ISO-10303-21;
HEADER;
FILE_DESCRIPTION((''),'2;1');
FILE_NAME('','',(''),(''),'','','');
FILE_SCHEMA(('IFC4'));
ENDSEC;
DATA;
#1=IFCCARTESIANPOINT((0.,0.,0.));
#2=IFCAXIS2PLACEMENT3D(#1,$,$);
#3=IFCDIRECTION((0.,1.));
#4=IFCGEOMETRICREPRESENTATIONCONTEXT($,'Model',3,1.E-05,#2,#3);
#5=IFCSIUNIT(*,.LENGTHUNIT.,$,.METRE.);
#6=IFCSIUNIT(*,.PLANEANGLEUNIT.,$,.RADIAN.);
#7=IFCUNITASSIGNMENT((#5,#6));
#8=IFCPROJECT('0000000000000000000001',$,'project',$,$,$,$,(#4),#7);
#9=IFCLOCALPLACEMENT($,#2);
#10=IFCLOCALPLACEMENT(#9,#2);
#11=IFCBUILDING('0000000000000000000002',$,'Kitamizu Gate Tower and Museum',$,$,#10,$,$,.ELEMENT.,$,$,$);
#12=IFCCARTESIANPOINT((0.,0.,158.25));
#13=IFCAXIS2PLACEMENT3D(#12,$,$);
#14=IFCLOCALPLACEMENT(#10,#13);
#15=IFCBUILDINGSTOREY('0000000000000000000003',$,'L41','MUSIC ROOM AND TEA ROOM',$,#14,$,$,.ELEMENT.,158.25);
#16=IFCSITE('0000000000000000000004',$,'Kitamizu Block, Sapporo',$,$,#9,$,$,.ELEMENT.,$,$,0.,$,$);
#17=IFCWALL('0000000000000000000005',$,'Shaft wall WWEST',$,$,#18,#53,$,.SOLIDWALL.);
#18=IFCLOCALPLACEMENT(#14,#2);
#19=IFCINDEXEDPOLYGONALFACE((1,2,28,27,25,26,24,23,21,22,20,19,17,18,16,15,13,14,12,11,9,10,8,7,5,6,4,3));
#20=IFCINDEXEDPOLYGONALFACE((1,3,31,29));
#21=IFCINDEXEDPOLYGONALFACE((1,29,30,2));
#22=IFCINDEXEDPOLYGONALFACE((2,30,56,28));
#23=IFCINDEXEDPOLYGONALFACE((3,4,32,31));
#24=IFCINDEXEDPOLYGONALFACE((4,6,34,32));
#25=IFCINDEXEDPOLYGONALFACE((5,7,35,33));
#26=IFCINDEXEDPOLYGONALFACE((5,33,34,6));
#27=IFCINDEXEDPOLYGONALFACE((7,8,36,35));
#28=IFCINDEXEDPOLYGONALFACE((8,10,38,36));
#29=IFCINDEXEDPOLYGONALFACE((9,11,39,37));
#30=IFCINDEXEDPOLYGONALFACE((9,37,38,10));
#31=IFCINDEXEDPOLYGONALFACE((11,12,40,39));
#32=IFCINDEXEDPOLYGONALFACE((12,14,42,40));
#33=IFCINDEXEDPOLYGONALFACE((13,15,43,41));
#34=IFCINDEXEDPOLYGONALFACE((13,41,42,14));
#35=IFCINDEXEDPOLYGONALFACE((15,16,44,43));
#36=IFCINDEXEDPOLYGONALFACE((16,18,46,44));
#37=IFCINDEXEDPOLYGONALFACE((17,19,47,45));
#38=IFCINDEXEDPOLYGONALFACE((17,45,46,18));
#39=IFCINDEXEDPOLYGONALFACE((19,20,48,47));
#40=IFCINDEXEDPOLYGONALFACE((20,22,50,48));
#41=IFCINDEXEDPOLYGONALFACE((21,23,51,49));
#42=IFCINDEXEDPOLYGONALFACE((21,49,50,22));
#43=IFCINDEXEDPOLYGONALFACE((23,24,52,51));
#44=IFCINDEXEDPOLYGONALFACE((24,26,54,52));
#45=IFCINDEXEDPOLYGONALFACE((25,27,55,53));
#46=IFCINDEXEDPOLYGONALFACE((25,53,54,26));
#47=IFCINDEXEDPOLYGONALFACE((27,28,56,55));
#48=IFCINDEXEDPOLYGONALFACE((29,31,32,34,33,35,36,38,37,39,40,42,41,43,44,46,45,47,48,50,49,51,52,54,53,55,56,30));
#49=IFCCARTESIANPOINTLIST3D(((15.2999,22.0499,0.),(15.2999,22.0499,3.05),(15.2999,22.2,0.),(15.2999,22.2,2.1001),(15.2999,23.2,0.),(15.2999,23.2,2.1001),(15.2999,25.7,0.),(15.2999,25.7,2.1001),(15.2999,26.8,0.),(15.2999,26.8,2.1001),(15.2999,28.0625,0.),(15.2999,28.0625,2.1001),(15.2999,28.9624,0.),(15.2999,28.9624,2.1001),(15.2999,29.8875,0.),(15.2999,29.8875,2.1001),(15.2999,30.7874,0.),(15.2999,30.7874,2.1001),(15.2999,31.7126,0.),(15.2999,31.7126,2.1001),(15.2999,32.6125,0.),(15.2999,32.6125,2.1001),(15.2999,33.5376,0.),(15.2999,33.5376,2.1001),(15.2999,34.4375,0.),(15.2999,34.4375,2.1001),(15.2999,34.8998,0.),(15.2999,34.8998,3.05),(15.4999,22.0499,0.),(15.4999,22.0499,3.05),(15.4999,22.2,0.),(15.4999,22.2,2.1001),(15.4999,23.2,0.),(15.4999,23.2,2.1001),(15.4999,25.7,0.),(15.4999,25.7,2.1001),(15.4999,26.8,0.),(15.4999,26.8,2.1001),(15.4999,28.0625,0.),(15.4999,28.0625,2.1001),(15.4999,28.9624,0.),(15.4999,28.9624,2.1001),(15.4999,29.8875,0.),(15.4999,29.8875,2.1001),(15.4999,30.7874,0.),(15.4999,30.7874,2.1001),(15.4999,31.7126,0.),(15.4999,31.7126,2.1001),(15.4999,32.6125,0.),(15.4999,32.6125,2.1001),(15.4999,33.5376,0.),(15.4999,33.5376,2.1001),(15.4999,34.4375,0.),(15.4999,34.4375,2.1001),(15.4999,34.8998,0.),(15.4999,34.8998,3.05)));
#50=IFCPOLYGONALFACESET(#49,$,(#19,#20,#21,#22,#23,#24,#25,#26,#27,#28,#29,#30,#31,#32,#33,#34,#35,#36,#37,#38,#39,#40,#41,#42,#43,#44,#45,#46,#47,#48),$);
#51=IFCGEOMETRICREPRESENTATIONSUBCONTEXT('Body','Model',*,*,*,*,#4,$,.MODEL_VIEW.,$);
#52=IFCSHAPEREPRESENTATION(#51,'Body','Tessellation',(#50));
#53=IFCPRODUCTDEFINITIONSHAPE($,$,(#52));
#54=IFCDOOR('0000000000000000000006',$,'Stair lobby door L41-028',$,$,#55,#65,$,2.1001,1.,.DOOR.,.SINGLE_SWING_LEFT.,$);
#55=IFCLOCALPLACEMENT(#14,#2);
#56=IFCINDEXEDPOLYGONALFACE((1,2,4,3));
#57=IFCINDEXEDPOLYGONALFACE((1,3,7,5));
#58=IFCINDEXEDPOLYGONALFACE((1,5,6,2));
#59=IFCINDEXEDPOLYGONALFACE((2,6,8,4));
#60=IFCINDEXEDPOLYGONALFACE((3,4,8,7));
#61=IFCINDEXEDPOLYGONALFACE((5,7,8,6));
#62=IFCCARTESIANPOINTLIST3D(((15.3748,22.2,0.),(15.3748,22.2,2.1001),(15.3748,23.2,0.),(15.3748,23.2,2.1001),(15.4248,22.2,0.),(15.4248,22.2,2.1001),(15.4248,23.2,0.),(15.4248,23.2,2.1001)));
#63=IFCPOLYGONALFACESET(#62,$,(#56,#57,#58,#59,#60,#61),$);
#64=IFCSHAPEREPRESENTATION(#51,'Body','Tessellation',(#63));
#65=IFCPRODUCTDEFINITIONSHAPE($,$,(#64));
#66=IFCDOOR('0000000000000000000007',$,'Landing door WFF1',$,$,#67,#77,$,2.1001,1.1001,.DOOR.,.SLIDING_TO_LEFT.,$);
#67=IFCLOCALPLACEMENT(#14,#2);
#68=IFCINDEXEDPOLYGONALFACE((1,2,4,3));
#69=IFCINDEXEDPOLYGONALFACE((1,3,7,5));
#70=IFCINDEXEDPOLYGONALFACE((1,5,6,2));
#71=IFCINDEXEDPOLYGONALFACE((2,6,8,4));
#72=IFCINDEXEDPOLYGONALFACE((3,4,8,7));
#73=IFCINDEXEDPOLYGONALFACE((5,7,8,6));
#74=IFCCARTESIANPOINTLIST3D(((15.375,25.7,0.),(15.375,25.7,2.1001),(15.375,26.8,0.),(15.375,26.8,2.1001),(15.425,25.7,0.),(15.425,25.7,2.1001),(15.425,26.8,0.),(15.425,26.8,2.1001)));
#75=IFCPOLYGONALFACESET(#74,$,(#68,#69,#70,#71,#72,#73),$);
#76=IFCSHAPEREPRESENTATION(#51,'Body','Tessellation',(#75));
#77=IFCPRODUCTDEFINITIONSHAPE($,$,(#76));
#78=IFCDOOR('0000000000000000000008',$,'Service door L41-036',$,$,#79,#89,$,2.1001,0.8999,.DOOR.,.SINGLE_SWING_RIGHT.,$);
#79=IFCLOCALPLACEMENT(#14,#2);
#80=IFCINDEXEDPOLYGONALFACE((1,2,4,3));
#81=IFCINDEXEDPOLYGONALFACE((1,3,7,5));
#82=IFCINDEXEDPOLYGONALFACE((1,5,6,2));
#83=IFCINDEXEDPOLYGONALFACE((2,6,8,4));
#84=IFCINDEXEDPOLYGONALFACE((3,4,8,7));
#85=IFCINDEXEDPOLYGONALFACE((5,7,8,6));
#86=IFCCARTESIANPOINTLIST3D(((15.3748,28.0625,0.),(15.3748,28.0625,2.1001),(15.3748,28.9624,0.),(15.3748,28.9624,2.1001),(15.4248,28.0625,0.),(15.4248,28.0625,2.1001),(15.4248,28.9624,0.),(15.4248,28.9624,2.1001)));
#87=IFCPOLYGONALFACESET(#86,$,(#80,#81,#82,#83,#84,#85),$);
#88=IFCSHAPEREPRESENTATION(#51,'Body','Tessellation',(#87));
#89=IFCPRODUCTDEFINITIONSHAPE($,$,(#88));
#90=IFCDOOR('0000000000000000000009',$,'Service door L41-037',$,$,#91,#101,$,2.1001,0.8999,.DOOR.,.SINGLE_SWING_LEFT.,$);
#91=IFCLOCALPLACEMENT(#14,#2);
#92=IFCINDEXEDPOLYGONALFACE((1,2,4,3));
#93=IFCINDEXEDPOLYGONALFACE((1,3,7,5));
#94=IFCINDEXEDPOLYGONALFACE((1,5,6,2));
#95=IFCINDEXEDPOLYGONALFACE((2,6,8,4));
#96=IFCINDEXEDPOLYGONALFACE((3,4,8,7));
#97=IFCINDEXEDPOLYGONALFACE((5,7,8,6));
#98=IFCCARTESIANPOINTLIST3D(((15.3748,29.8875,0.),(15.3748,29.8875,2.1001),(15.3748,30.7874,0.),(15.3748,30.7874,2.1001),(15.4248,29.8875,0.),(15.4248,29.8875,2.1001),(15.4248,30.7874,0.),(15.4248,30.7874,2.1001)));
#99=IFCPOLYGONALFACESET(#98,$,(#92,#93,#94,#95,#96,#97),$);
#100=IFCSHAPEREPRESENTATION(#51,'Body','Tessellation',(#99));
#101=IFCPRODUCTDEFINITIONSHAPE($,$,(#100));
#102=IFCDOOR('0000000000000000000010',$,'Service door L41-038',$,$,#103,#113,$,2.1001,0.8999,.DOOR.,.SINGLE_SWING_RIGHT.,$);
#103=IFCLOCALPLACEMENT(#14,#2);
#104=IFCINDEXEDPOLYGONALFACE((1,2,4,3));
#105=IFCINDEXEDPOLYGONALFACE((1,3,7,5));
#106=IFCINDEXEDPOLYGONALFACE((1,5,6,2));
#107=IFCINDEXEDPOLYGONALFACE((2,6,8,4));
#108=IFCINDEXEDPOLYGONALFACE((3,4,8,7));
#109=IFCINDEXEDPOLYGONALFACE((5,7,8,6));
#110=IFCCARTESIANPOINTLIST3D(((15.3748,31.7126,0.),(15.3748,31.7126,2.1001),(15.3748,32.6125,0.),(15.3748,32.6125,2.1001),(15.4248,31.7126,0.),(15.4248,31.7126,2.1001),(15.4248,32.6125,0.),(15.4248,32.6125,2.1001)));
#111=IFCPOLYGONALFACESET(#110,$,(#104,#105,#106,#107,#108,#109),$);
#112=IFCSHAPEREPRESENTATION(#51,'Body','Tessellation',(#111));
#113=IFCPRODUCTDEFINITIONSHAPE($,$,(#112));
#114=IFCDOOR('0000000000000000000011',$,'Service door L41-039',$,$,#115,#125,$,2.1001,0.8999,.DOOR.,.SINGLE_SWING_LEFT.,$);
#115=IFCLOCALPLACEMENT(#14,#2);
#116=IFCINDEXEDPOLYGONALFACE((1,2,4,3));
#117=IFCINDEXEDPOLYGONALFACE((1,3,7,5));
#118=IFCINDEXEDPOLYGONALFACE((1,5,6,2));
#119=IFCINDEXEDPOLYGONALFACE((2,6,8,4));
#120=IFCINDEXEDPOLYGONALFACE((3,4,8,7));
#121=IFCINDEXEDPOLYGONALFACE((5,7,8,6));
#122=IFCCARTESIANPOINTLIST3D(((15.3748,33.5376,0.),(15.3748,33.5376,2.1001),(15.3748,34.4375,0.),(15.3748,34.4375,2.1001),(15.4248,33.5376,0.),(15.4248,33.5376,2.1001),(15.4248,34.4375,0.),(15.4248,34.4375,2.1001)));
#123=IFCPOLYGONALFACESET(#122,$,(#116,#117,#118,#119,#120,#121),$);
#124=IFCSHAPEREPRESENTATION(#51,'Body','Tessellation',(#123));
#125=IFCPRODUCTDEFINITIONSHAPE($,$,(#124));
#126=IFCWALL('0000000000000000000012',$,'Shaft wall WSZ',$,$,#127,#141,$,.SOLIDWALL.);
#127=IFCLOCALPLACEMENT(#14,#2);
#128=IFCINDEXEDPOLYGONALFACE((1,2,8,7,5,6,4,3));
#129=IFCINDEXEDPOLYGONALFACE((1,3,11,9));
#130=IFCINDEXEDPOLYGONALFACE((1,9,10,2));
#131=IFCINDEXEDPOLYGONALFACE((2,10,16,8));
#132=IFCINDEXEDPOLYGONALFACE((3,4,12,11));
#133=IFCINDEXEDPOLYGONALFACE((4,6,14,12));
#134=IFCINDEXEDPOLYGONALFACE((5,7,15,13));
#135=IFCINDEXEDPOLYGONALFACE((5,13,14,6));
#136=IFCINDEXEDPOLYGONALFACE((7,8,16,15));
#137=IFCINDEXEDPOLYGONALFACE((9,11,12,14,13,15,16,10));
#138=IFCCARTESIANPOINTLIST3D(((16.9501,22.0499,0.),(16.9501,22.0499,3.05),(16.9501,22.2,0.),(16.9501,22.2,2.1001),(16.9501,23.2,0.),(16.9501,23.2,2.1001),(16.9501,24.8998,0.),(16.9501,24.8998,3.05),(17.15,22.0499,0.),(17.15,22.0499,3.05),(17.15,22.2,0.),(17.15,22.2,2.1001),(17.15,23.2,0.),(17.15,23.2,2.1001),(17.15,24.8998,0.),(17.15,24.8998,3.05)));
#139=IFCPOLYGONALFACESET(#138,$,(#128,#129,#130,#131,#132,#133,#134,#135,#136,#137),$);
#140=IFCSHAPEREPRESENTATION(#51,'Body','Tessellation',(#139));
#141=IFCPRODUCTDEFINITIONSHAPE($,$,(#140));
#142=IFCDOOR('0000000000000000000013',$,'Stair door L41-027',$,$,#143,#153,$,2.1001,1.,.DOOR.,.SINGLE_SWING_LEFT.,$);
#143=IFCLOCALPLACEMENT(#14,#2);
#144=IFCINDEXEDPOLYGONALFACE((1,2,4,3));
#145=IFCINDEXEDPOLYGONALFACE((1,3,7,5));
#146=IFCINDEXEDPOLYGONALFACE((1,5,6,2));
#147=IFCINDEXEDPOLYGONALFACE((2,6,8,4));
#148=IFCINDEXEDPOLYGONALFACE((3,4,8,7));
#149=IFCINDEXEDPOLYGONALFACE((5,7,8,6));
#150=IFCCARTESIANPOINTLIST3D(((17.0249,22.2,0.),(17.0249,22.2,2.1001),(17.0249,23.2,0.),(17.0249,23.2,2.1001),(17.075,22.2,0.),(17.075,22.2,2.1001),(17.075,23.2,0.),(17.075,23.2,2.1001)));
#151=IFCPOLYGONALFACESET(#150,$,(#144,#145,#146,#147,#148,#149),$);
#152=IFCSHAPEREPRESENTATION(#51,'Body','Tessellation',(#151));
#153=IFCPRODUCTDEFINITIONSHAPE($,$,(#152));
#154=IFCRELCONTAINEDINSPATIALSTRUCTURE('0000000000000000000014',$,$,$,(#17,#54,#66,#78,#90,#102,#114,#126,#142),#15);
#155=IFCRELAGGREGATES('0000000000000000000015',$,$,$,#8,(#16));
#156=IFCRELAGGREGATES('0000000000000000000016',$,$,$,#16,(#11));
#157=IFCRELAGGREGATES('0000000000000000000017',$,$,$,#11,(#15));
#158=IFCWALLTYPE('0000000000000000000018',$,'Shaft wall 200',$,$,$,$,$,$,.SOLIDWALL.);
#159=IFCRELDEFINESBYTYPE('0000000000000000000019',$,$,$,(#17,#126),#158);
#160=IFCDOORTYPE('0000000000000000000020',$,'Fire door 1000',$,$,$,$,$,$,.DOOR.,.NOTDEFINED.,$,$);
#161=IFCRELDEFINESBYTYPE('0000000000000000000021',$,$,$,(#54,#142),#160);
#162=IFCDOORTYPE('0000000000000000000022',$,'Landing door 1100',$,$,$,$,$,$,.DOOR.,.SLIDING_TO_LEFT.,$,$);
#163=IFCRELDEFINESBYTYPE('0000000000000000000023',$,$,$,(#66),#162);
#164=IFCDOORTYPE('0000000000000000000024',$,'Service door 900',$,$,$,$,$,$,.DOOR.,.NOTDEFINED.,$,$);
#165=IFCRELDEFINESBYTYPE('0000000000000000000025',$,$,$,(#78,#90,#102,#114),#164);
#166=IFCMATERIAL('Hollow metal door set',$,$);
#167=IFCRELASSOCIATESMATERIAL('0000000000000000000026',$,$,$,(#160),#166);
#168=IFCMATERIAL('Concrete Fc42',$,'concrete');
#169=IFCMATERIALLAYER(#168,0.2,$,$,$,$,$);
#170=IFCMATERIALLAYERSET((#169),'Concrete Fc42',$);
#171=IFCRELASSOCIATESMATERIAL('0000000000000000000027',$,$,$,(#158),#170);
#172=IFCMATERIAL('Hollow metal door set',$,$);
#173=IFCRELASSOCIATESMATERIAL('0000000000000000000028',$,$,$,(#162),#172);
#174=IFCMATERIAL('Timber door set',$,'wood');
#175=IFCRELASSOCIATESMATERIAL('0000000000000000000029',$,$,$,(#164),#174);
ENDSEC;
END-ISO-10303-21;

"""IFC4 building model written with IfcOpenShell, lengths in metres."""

from ifc_helpers import new_model, si_unit, direction, frame, frame_2d, origin, place, context, subcontext, project, spatial, rectangle, extrude, material, layer, layer_set, type_object, element, fill, save


model = new_model("IFC4")

# Units and contexts
model_context = context("Model", 3, precision=1e-05, world=origin(), true_north=direction((0.0, 1.0)))
body_context = subcontext(model_context, "Body", "Model", "MODEL_VIEW")
ifc_project = project(units=[si_unit("LENGTHUNIT", "METRE"), si_unit("PLANEANGLEUNIT", "RADIAN")], contexts=[model_context])

# Site, building, storey
site_placement = place(None, origin())
site = spatial("IfcSite", under=ifc_project, at=site_placement, Name="Kitamizu Block, Sapporo", CompositionType="ELEMENT", RefElevation=0.0)
building_placement = place(site_placement, origin())
building = spatial("IfcBuilding", under=site, at=building_placement, Name="Kitamizu Gate Tower and Museum", CompositionType="ELEMENT")
storey_placement = place(building_placement, frame((0.0, 0.0, 158.25)))
storey = spatial("IfcBuildingStorey", under=building, at=storey_placement, Name="L41", Description="MUSIC ROOM AND TEA ROOM", CompositionType="ELEMENT", Elevation=158.25)

# Shared definitions
ifc_material_1 = material(Name="Hollow metal door set")
door_type_1 = type_object("IfcDoorType", Name="Fire door 1000", OperationType="NOTDEFINED", PredefinedType="DOOR", material=ifc_material_1)

# Wall, openings, doors
ifc_material_2 = material(Name="Concrete Fc42", Category="concrete")
ifc_layer_1 = layer(ifc_material_2, 0.2)
ifc_layer_set_1 = layer_set([ifc_layer_1], Name="Concrete Fc42")
wall_type_1 = type_object("IfcWallType", Name="Shaft wall 200", PredefinedType="SOLIDWALL", material=ifc_layer_set_1)
wall_1_placement = place(storey_placement, frame((15.3999, 22.05, 0.0), z_axis=(0.0, 0.0, 1.0), x_axis=(0.0, 1.0, 0.0)))
wall_1 = element("IfcWall", 1, at=wall_1_placement, inside=storey, type_object=wall_type_1, Name="Shaft wall WWEST", PredefinedType="SOLIDWALL", context=body_context, shape_type="SweptSolid", body=[
    extrude(rectangle(XDim=12.8499, YDim=0.2, at=frame_2d((6.4248, 0.0))), origin(), (0.0, 0.0, 1.0), 3.05),
])
opening_1_placement = place(wall_1_placement, frame((3.6499, 0.0, 0.0)))
opening_1 = element("IfcOpeningElement", 2, at=opening_1_placement, cuts=wall_1, PredefinedType="OPENING", context=body_context, shape_type="SweptSolid", body=[
    extrude(rectangle(XDim=1.1001, YDim=2.1001, at=frame_2d((0.55, 1.05))), frame((0.0, 0.1099, 0.0), z_axis=(0.0, -1.0, 0.0), x_axis=(1.0, 0.0, 0.0)), (0.0, 0.0, 1.0), 0.22),
])
opening_2_placement = place(wall_1_placement, frame((0.1499, 0.0, 0.0)))
opening_2 = element("IfcOpeningElement", 3, at=opening_2_placement, cuts=wall_1, PredefinedType="OPENING", context=body_context, shape_type="SweptSolid", body=[
    extrude(rectangle(XDim=1.0, YDim=2.1001, at=frame_2d((0.5, 1.05))), frame((0.0, 0.1099, 0.0), z_axis=(0.0, -1.0, 0.0), x_axis=(1.0, 0.0, 0.0)), (0.0, 0.0, 1.0), 0.22),
])
opening_3_placement = place(wall_1_placement, frame((6.0125, 0.0, 0.0)))
opening_3 = element("IfcOpeningElement", 4, at=opening_3_placement, cuts=wall_1, PredefinedType="OPENING", context=body_context, shape_type="SweptSolid", body=[
    extrude(rectangle(XDim=0.8999, YDim=2.1001, at=frame_2d((0.45, 1.05))), frame((0.0, 0.1099, 0.0), z_axis=(0.0, -1.0, 0.0), x_axis=(1.0, 0.0, 0.0)), (0.0, 0.0, 1.0), 0.22),
])
opening_4_placement = place(wall_1_placement, frame((7.8374, 0.0, 0.0)))
opening_4 = element("IfcOpeningElement", 5, at=opening_4_placement, cuts=wall_1, PredefinedType="OPENING", context=body_context, shape_type="SweptSolid", body=[
    extrude(rectangle(XDim=0.8999, YDim=2.1001, at=frame_2d((0.45, 1.05))), frame((0.0, 0.1099, 0.0), z_axis=(0.0, -1.0, 0.0), x_axis=(1.0, 0.0, 0.0)), (0.0, 0.0, 1.0), 0.22),
])
opening_5_placement = place(wall_1_placement, frame((9.6626, 0.0, 0.0)))
opening_5 = element("IfcOpeningElement", 6, at=opening_5_placement, cuts=wall_1, PredefinedType="OPENING", context=body_context, shape_type="SweptSolid", body=[
    extrude(rectangle(XDim=0.8999, YDim=2.1001, at=frame_2d((0.45, 1.05))), frame((0.0, 0.1099, 0.0), z_axis=(0.0, -1.0, 0.0), x_axis=(1.0, 0.0, 0.0)), (0.0, 0.0, 1.0), 0.22),
])
opening_6_placement = place(wall_1_placement, frame((11.4875, 0.0, 0.0)))
opening_6 = element("IfcOpeningElement", 7, at=opening_6_placement, cuts=wall_1, PredefinedType="OPENING", context=body_context, shape_type="SweptSolid", body=[
    extrude(rectangle(XDim=0.8999, YDim=2.1001, at=frame_2d((0.45, 1.05))), frame((0.0, 0.1099, 0.0), z_axis=(0.0, -1.0, 0.0), x_axis=(1.0, 0.0, 0.0)), (0.0, 0.0, 1.0), 0.22),
])
door_1_placement = place(opening_2_placement, frame((1.0, 0.0, 0.0), x_axis=(-1.0, 0.0, 0.0)))
door_1 = element("IfcDoor", 8, at=door_1_placement, inside=storey, type_object=door_type_1, Name="Stair lobby door L41-028", OperationType="SINGLE_SWING_LEFT", OverallHeight=2.1001, OverallWidth=1.0, PredefinedType="DOOR", context=body_context, shape_type="SweptSolid", body=[
    extrude(rectangle(XDim=1.0, YDim=2.1001, at=frame_2d((0.5, 1.05))), frame((0.0, 0.0249, 0.0), z_axis=(0.0, -1.0, 0.0), x_axis=(1.0, 0.0, 0.0)), (0.0, 0.0, 1.0), 0.05),
])
fill(opening_2, door_1)
ifc_material_3 = material(Name="Hollow metal door set")
door_type_2 = type_object("IfcDoorType", Name="Landing door 1100", OperationType="SLIDING_TO_LEFT", PredefinedType="DOOR", material=ifc_material_3)
door_2_placement = place(opening_1_placement, origin())
door_2 = element("IfcDoor", 9, at=door_2_placement, inside=storey, type_object=door_type_2, Name="Landing door WFF1", OperationType="SLIDING_TO_LEFT", OverallHeight=2.1001, OverallWidth=1.1001, PredefinedType="DOOR", context=body_context, shape_type="SweptSolid", body=[
    extrude(rectangle(XDim=1.1001, YDim=2.1001, at=frame_2d((0.55, 1.05))), frame((0.0, 0.0249, 0.0), z_axis=(0.0, -1.0, 0.0), x_axis=(1.0, 0.0, 0.0)), (0.0, 0.0, 1.0), 0.05),
])
fill(opening_1, door_2)
ifc_material_4 = material(Name="Timber door set", Category="wood")
door_type_3 = type_object("IfcDoorType", Name="Service door 900", OperationType="NOTDEFINED", PredefinedType="DOOR", material=ifc_material_4)
door_3_placement = place(opening_3_placement, frame((0.8999, 0.0, 0.0), x_axis=(-1.0, 0.0, 0.0)))
door_3 = element("IfcDoor", 10, at=door_3_placement, inside=storey, type_object=door_type_3, Name="Service door L41-036", OperationType="SINGLE_SWING_RIGHT", OverallHeight=2.1001, OverallWidth=0.8999, PredefinedType="DOOR", context=body_context, shape_type="SweptSolid", body=[
    extrude(rectangle(XDim=0.8999, YDim=2.1001, at=frame_2d((0.45, 1.05))), frame((0.0, 0.0249, 0.0), z_axis=(0.0, -1.0, 0.0), x_axis=(1.0, 0.0, 0.0)), (0.0, 0.0, 1.0), 0.05),
])
fill(opening_3, door_3)
door_4_placement = place(opening_4_placement, frame((0.8999, 0.0, 0.0), x_axis=(-1.0, 0.0, 0.0)))
door_4 = element("IfcDoor", 11, at=door_4_placement, inside=storey, type_object=door_type_3, Name="Service door L41-037", OperationType="SINGLE_SWING_LEFT", OverallHeight=2.1001, OverallWidth=0.8999, PredefinedType="DOOR", context=body_context, shape_type="SweptSolid", body=[
    extrude(rectangle(XDim=0.8999, YDim=2.1001, at=frame_2d((0.45, 1.05))), frame((0.0, 0.0249, 0.0), z_axis=(0.0, -1.0, 0.0), x_axis=(1.0, 0.0, 0.0)), (0.0, 0.0, 1.0), 0.05),
])
fill(opening_4, door_4)
door_5_placement = place(opening_5_placement, frame((0.8999, 0.0, 0.0), x_axis=(-1.0, 0.0, 0.0)))
door_5 = element("IfcDoor", 12, at=door_5_placement, inside=storey, type_object=door_type_3, Name="Service door L41-038", OperationType="SINGLE_SWING_RIGHT", OverallHeight=2.1001, OverallWidth=0.8999, PredefinedType="DOOR", context=body_context, shape_type="SweptSolid", body=[
    extrude(rectangle(XDim=0.8999, YDim=2.1001, at=frame_2d((0.45, 1.05))), frame((0.0, 0.0249, 0.0), z_axis=(0.0, -1.0, 0.0), x_axis=(1.0, 0.0, 0.0)), (0.0, 0.0, 1.0), 0.05),
])
fill(opening_5, door_5)
door_6_placement = place(opening_6_placement, frame((0.8999, 0.0, 0.0), x_axis=(-1.0, 0.0, 0.0)))
door_6 = element("IfcDoor", 13, at=door_6_placement, inside=storey, type_object=door_type_3, Name="Service door L41-039", OperationType="SINGLE_SWING_LEFT", OverallHeight=2.1001, OverallWidth=0.8999, PredefinedType="DOOR", context=body_context, shape_type="SweptSolid", body=[
    extrude(rectangle(XDim=0.8999, YDim=2.1001, at=frame_2d((0.45, 1.05))), frame((0.0, 0.0249, 0.0), z_axis=(0.0, -1.0, 0.0), x_axis=(1.0, 0.0, 0.0)), (0.0, 0.0, 1.0), 0.05),
])
fill(opening_6, door_6)

# Wall, opening, door
wall_2_placement = place(storey_placement, frame((17.05, 22.05, 0.0), z_axis=(0.0, 0.0, 1.0), x_axis=(0.0, 1.0, 0.0)))
wall_2 = element("IfcWall", 14, at=wall_2_placement, inside=storey, type_object=wall_type_1, Name="Shaft wall WSZ", PredefinedType="SOLIDWALL", context=body_context, shape_type="SweptSolid", body=[
    extrude(rectangle(XDim=2.8499, YDim=0.2, at=frame_2d((1.4248, 0.0))), origin(), (0.0, 0.0, 1.0), 3.05),
])
opening_7_placement = place(wall_2_placement, frame((0.1499, 0.0, 0.0)))
opening_7 = element("IfcOpeningElement", 15, at=opening_7_placement, cuts=wall_2, PredefinedType="OPENING", context=body_context, shape_type="SweptSolid", body=[
    extrude(rectangle(XDim=1.0, YDim=2.1001, at=frame_2d((0.5, 1.05))), frame((0.0, 0.1099, 0.0), z_axis=(0.0, -1.0, 0.0), x_axis=(1.0, 0.0, 0.0)), (0.0, 0.0, 1.0), 0.22),
])
door_7_placement = place(opening_7_placement, frame((1.0, 0.0, 0.0), x_axis=(-1.0, 0.0, 0.0)))
door_7 = element("IfcDoor", 16, at=door_7_placement, inside=storey, type_object=door_type_1, Name="Stair door L41-027", OperationType="SINGLE_SWING_LEFT", OverallHeight=2.1001, OverallWidth=1.0, PredefinedType="DOOR", context=body_context, shape_type="SweptSolid", body=[
    extrude(rectangle(XDim=1.0, YDim=2.1001, at=frame_2d((0.5, 1.05))), frame((0.0, 0.0249, 0.0), z_axis=(0.0, -1.0, 0.0), x_axis=(1.0, 0.0, 0.0)), (0.0, 0.0, 1.0), 0.05),
])
fill(opening_7, door_7)

save(model, "model.ifc")
